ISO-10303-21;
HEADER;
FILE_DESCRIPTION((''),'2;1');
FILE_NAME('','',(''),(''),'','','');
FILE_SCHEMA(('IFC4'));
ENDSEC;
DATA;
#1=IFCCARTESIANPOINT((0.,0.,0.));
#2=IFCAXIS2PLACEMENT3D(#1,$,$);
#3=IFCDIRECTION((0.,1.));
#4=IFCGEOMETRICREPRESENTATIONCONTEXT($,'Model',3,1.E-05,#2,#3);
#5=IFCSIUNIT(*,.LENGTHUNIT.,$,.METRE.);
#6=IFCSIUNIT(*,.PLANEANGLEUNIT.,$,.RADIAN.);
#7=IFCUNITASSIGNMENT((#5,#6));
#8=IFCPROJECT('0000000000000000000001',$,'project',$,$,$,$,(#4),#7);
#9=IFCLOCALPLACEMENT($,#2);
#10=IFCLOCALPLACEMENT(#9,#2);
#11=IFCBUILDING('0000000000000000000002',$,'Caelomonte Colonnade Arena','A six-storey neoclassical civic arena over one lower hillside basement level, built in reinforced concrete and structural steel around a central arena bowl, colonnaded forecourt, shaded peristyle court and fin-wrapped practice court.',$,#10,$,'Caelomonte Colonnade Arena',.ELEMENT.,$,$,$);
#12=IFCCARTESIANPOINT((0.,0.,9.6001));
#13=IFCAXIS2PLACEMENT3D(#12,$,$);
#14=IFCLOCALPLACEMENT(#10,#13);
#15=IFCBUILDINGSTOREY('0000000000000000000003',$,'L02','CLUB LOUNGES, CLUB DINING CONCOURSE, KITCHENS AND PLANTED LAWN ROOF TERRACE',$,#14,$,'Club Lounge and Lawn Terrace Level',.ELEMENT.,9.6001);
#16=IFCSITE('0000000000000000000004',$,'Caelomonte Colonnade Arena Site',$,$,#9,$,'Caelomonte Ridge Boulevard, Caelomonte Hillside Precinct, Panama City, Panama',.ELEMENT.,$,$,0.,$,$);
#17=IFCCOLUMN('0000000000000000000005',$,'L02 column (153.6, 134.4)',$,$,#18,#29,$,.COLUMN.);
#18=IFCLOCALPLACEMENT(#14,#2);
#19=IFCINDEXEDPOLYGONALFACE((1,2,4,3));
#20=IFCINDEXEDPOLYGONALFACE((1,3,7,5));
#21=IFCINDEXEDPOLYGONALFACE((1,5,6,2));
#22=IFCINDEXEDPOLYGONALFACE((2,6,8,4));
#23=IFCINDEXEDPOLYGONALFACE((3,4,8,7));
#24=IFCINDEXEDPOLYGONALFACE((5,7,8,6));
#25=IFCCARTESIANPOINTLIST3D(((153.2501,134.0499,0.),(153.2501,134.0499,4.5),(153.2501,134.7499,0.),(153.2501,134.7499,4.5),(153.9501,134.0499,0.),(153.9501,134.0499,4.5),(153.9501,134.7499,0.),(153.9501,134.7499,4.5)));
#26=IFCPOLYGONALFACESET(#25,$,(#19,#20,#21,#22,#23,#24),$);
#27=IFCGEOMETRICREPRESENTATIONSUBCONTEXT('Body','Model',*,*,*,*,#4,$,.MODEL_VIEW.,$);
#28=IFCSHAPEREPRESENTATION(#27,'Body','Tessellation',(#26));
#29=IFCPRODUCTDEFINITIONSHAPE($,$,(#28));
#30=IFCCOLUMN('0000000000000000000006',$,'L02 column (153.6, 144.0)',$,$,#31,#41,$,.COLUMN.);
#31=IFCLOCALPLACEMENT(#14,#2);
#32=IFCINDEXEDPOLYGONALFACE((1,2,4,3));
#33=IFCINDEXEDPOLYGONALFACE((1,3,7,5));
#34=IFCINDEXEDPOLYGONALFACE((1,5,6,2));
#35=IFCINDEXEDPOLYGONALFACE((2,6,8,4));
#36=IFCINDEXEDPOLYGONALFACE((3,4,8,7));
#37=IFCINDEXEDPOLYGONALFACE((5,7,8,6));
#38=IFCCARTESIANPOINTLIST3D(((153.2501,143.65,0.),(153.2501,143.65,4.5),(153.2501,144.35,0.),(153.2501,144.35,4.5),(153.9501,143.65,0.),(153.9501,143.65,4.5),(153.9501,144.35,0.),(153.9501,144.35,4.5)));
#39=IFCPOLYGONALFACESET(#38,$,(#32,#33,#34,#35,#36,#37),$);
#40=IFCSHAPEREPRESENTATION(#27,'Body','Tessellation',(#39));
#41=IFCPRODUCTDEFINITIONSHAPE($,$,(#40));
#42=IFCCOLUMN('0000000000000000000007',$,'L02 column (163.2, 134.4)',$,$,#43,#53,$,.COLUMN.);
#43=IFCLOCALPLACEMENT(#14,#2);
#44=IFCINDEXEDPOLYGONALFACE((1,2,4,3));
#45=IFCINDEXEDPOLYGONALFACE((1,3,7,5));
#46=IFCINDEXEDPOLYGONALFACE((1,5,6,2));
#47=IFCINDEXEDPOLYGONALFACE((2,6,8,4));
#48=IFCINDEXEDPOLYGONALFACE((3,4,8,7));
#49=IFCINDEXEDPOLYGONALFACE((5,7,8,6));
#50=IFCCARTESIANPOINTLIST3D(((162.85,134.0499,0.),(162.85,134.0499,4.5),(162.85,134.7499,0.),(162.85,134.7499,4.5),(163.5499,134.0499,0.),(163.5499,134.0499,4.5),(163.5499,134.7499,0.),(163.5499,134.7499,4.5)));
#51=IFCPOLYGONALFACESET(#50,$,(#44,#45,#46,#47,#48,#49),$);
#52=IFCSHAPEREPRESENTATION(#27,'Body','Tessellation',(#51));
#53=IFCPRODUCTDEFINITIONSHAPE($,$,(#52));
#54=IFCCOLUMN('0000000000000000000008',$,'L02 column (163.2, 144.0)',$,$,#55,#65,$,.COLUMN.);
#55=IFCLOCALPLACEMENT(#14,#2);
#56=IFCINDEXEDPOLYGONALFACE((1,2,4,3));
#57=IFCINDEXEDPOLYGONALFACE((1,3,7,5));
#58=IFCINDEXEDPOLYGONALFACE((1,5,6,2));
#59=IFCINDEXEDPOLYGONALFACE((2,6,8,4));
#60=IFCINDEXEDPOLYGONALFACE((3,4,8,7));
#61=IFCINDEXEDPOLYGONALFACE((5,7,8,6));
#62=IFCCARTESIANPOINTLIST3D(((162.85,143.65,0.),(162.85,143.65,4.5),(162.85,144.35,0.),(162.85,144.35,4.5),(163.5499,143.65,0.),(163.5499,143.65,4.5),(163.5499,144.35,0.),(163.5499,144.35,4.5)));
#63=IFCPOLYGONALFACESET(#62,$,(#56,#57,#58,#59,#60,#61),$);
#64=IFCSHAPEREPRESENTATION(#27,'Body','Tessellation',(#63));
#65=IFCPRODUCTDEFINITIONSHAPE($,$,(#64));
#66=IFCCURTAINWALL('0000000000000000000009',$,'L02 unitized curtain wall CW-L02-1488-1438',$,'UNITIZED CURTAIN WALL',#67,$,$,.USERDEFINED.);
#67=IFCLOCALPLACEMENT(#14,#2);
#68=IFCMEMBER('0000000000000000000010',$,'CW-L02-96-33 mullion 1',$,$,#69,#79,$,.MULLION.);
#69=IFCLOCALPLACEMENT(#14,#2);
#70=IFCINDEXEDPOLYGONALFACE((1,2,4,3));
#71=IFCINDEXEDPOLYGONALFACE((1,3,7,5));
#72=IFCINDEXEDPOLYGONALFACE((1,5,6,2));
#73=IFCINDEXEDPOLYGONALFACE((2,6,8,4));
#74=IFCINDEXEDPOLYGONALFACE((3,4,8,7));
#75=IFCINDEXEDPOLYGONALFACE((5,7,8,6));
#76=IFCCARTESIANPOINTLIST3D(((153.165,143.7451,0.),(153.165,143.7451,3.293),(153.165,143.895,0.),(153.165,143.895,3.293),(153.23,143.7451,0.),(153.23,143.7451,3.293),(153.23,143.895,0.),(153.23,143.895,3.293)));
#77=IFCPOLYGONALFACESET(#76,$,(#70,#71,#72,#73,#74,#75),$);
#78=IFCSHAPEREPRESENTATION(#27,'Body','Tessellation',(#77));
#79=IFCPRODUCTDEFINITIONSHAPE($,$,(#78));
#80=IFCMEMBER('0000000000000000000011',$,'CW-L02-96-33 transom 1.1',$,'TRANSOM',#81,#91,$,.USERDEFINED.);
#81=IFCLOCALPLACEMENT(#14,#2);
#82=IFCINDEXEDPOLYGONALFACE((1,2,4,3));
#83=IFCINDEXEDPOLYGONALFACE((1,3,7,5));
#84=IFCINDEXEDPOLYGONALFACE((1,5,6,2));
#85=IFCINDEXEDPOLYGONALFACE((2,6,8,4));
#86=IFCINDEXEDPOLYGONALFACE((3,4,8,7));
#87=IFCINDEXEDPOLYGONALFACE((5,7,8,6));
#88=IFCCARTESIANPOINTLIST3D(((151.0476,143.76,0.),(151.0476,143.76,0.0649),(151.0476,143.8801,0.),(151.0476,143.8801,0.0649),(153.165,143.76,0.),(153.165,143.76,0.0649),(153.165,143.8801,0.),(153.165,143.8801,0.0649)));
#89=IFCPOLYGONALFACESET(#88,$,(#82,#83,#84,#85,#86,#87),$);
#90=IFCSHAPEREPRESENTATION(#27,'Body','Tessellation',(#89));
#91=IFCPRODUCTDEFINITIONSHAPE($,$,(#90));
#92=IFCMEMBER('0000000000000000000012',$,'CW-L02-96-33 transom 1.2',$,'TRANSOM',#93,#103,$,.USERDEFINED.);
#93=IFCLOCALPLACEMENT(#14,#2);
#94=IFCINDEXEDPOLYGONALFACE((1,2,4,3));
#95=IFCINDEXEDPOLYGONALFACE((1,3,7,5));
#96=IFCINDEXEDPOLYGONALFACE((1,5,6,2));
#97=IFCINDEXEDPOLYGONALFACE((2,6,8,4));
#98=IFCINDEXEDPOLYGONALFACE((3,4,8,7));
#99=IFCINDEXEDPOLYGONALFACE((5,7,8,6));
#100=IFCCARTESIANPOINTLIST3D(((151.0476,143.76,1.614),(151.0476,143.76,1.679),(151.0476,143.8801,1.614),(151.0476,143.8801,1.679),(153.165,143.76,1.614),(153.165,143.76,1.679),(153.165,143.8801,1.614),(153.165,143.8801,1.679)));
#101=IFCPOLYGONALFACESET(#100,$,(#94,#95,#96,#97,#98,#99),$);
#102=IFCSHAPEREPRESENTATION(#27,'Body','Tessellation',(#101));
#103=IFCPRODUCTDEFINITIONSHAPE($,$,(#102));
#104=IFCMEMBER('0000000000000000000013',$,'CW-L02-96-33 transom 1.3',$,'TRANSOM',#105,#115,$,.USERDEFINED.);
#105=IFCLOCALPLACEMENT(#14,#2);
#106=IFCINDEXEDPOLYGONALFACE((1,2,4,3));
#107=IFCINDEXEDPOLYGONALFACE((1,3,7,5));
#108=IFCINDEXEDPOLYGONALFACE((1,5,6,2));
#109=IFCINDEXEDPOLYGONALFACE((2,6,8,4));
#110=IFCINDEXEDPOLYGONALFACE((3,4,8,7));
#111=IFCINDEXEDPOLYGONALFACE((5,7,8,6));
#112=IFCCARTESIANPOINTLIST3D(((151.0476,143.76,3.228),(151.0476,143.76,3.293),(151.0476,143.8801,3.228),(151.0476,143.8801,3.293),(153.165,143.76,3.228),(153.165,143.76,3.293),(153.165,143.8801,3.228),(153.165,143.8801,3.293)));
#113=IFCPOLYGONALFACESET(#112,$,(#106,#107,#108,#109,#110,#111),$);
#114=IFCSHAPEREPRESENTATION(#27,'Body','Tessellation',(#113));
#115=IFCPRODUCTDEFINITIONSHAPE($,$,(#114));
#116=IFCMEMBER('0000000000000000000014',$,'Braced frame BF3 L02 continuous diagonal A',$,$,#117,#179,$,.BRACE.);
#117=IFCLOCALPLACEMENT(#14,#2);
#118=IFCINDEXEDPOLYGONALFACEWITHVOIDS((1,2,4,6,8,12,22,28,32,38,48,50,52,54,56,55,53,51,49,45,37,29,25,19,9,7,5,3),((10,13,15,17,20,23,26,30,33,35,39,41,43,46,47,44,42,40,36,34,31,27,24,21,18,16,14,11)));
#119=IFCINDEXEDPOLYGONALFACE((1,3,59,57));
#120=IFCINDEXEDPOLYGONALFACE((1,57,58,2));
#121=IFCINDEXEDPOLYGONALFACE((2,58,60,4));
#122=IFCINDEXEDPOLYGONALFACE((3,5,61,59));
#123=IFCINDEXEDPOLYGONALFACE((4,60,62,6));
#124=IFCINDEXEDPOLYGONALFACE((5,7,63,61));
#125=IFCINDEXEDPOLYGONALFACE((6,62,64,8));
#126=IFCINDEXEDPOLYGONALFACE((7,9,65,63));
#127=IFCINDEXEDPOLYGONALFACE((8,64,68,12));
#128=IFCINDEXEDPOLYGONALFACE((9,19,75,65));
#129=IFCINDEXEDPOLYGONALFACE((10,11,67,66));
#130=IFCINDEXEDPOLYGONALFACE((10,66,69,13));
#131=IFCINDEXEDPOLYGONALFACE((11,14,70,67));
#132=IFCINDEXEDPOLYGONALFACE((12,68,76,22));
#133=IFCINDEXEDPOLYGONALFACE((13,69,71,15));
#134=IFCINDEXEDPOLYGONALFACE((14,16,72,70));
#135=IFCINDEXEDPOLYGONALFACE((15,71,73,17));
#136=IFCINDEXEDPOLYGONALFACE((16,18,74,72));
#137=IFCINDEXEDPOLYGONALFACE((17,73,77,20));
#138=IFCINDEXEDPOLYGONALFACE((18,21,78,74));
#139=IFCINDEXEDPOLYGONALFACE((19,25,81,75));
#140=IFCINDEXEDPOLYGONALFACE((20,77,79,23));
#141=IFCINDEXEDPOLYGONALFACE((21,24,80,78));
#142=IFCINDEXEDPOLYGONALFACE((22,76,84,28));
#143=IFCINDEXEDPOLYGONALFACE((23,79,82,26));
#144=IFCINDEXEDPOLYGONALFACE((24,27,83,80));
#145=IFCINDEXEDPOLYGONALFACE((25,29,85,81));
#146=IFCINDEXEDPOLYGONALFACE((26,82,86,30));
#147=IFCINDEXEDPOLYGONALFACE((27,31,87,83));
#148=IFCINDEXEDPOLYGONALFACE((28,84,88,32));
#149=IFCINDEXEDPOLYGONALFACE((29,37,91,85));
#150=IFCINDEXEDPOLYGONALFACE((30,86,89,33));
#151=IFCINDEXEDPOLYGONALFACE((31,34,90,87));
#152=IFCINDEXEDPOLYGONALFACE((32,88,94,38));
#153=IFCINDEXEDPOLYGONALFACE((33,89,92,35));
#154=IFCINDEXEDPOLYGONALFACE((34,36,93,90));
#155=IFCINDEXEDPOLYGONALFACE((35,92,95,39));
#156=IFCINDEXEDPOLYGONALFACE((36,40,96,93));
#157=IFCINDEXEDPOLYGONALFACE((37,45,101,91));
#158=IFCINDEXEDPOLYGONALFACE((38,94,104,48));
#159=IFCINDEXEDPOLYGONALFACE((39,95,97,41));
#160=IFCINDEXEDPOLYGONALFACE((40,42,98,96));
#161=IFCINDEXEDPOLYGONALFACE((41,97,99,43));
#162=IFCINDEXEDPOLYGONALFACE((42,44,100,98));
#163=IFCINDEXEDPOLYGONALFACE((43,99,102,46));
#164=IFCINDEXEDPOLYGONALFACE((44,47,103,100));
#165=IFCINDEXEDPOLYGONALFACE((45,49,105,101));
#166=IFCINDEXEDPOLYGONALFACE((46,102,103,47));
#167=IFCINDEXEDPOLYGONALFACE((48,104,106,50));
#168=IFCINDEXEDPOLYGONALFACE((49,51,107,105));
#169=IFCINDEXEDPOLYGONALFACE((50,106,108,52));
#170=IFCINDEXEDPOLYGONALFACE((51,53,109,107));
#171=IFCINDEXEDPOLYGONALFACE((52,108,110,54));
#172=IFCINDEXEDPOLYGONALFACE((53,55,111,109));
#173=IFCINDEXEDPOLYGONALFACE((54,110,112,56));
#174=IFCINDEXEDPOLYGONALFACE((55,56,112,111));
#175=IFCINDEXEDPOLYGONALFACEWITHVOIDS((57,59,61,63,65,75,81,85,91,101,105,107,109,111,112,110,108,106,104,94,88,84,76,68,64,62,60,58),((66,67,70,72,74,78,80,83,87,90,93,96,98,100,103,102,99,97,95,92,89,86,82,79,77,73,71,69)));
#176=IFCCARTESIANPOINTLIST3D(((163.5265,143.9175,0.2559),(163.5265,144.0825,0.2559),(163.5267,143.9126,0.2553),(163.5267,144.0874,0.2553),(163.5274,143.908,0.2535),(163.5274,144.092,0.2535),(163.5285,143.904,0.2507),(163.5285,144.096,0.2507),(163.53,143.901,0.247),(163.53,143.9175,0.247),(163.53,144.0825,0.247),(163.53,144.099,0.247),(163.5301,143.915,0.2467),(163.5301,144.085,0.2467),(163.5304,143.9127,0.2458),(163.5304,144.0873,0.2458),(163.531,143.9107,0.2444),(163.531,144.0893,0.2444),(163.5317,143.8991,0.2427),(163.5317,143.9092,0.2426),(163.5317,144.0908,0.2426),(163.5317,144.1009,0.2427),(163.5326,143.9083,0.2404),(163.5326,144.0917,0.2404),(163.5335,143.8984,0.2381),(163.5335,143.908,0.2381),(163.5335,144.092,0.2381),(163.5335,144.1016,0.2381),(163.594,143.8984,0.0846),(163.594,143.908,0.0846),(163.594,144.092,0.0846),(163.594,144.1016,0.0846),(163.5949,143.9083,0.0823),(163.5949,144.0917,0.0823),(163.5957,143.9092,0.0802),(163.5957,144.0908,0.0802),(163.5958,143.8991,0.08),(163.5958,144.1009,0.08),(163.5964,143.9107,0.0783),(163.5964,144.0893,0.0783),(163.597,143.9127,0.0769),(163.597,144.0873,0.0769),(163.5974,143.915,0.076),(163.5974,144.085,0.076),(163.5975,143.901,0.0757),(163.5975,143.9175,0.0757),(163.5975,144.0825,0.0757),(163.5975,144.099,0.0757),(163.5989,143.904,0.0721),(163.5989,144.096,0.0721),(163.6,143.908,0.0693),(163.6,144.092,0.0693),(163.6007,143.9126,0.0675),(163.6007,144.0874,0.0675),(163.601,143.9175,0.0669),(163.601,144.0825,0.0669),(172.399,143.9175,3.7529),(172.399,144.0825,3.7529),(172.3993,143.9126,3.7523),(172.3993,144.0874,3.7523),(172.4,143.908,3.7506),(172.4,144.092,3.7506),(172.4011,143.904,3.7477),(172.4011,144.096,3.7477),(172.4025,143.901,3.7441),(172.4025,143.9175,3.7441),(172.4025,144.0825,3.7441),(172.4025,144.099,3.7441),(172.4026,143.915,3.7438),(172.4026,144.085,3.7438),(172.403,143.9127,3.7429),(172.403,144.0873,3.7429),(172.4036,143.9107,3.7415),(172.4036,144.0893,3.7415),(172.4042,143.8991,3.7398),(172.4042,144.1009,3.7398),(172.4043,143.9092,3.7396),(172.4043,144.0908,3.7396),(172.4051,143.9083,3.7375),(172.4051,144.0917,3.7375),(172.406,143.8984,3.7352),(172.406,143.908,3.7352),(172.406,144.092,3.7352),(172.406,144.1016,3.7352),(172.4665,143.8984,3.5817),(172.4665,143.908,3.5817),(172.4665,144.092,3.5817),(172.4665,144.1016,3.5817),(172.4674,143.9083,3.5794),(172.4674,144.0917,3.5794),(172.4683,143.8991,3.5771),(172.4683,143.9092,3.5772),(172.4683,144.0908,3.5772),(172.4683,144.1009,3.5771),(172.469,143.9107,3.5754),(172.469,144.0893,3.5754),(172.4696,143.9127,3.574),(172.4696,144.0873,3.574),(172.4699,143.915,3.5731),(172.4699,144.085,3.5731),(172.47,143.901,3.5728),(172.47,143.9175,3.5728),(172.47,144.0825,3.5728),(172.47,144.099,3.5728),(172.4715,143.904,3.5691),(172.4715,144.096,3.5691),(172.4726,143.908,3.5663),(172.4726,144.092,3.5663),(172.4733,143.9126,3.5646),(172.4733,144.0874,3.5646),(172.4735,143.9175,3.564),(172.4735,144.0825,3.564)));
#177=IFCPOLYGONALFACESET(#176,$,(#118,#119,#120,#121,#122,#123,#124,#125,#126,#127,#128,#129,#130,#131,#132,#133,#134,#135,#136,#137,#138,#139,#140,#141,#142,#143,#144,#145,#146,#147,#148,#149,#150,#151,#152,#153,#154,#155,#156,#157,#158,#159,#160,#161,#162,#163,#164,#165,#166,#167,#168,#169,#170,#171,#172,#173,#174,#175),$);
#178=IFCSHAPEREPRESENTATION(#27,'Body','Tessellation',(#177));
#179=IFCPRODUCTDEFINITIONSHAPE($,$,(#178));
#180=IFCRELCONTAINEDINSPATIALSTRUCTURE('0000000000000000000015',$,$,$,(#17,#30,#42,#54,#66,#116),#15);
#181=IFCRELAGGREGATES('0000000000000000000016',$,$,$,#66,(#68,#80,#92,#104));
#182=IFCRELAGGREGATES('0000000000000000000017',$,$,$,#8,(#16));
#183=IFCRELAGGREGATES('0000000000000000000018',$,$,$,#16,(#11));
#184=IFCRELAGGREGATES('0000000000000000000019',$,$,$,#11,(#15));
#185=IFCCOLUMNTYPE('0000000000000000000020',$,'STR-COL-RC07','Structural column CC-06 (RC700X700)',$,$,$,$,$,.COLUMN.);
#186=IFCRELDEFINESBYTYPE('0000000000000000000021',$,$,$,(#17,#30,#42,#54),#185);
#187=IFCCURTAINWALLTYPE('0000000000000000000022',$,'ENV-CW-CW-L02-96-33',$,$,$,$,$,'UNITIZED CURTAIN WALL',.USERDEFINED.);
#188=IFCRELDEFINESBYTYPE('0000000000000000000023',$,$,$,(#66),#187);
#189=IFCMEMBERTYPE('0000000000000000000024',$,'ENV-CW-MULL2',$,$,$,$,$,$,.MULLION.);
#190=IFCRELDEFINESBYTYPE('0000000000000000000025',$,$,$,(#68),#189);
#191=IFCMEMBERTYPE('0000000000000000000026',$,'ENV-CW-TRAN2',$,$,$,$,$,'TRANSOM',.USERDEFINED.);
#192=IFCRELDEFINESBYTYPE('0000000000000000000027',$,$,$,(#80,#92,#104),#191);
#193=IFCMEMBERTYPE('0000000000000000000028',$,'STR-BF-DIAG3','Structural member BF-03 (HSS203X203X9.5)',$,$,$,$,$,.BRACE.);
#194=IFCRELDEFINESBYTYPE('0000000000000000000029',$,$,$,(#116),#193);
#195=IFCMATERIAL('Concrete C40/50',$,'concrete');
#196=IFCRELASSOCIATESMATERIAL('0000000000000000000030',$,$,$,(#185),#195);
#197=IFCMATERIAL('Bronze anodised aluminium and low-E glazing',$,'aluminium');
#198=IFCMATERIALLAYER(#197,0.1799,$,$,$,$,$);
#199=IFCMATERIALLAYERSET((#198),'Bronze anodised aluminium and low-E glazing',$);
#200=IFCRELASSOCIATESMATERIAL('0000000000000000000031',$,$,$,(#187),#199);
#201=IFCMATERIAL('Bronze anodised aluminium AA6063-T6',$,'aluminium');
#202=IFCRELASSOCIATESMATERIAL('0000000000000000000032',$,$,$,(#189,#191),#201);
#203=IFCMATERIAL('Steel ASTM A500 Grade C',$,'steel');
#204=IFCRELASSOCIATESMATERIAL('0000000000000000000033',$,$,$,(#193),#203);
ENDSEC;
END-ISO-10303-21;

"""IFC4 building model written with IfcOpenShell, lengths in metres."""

from ifc_helpers import new_model, si_unit, direction, frame, origin, origin_2d, place, context, subcontext, project, spatial, rectangle, hollow_rectangle, extrude, material, layer, layer_set, material_profile, profile_set, type_object, element, aggregate, save


model = new_model("IFC4")

# Units and contexts
model_context = context("Model", 3, precision=1e-05, world=origin(), true_north=direction((0.0, 1.0)))
body_context = subcontext(model_context, "Body", "Model", "MODEL_VIEW")
ifc_project = project(units=[si_unit("LENGTHUNIT", "METRE"), si_unit("PLANEANGLEUNIT", "RADIAN")], contexts=[model_context])

# Site, building, storey
site_placement = place(None, origin())
site = spatial("IfcSite", under=ifc_project, at=site_placement, Name="Caelomonte Colonnade Arena Site", LongName="Caelomonte Ridge Boulevard, Caelomonte Hillside Precinct, Panama City, Panama", CompositionType="ELEMENT", RefElevation=0.0)
building_placement = place(site_placement, origin())
building = spatial("IfcBuilding", under=site, at=building_placement, Name="Caelomonte Colonnade Arena", Description="A six-storey neoclassical civic arena over one lower hillside basement level, built in reinforced concrete and structural steel around a central arena bowl, colonnaded forecourt, shaded peristyle court and fin-wrapped practice court.", LongName="Caelomonte Colonnade Arena", CompositionType="ELEMENT")
storey_placement = place(building_placement, frame((0.0, 0.0, 9.6001)))
storey = spatial("IfcBuildingStorey", under=building, at=storey_placement, Name="L02", Description="CLUB LOUNGES, CLUB DINING CONCOURSE, KITCHENS AND PLANTED LAWN ROOF TERRACE", LongName="Club Lounge and Lawn Terrace Level", CompositionType="ELEMENT", Elevation=9.6001)

# Columns
ifc_material_1 = material(Name="Concrete C40/50", Category="concrete")
ifc_material_profile_1 = material_profile(ifc_material_1, rectangle(XDim=0.7, YDim=0.7, at=origin_2d()), Name="RC700X700")
ifc_profile_set_1 = profile_set([ifc_material_profile_1], Name="Concrete C40/50")
column_type = type_object("IfcColumnType", Name="STR-COL-RC07", Description="Structural column CC-06 (RC700X700)", PredefinedType="COLUMN", material=ifc_profile_set_1)
for number, where, z_axis, x_axis, name in (
    (1, (153.6001, 134.3999, 0.0), (0.0, 0.0, 1.0), (1.0, 0.0, 0.0), "L02 column (153.6, 134.4)"),
    (2, (153.6001, 144.0, 0.0), (0.0, 0.0, 1.0), (1.0, 0.0, 0.0), "L02 column (153.6, 144.0)"),
    (3, (163.2, 134.3999, 0.0), (0.0, 0.0, 1.0), (1.0, 0.0, 0.0), "L02 column (163.2, 134.4)"),
    (4, (163.2, 144.0, 0.0), (0.0, 0.0, 1.0), (1.0, 0.0, 0.0), "L02 column (163.2, 144.0)"),
):
    element("IfcColumn", number, at=place(storey_placement, frame(where, z_axis=z_axis, x_axis=x_axis)), inside=storey, type_object=column_type, Name=name, PredefinedType="COLUMN", context=body_context, shape_type="SweptSolid", body=[
        extrude(rectangle(XDim=0.7, YDim=0.7, at=origin_2d()), origin(), (0.0, 0.0, 1.0), 4.5),
    ])

# Curtain wall, members
ifc_material_2 = material(Name="Bronze anodised aluminium and low-E glazing", Category="aluminium")
ifc_layer_1 = layer(ifc_material_2, 0.1799)
ifc_layer_set_1 = layer_set([ifc_layer_1], Name="Bronze anodised aluminium and low-E glazing")
curtain_wall_type = type_object("IfcCurtainWallType", Name="ENV-CW-CW-L02-96-33", ElementType="UNITIZED CURTAIN WALL", PredefinedType="USERDEFINED", material=ifc_layer_set_1)
curtain_wall_placement = place(storey_placement, origin())
curtain_wall = element("IfcCurtainWall", 5, at=curtain_wall_placement, inside=storey, type_object=curtain_wall_type, Name="L02 unitized curtain wall CW-L02-1488-1438", ObjectType="UNITIZED CURTAIN WALL", PredefinedType="USERDEFINED")
ifc_material_3 = material(Name="Bronze anodised aluminium AA6063-T6", Category="aluminium")
ifc_material_profile_2 = material_profile(ifc_material_3, rectangle(XDim=0.0649, YDim=0.1499, at=origin_2d()), Name="CWM-65X150")
ifc_profile_set_2 = profile_set([ifc_material_profile_2], Name="Bronze anodised aluminium AA6063-T6")
member_type_1 = type_object("IfcMemberType", Name="ENV-CW-MULL2", PredefinedType="MULLION", material=ifc_profile_set_2)
member_1_placement = place(storey_placement, frame((153.1975, 143.8201, 0.0), z_axis=(0.0, 0.0, 1.0), x_axis=(-1.0, 0.0, 0.0)))
member_1 = element("IfcMember", 6, at=member_1_placement, type_object=member_type_1, Name="CW-L02-96-33 mullion 1", PredefinedType="MULLION", context=body_context, shape_type="SweptSolid", body=[
    extrude(rectangle(XDim=0.0649, YDim=0.1499, at=origin_2d()), origin(), (0.0, 0.0, 1.0), 3.293),
])
ifc_material_profile_3 = material_profile(ifc_material_3, rectangle(XDim=0.0649, YDim=0.1201, at=origin_2d()), Name="CWT-65X120")
ifc_profile_set_3 = profile_set([ifc_material_profile_3], Name="Bronze anodised aluminium AA6063-T6")
member_type_2 = type_object("IfcMemberType", Name="ENV-CW-TRAN2", ElementType="TRANSOM", PredefinedType="USERDEFINED", material=ifc_profile_set_3)
member_2_placement = place(storey_placement, frame((153.165, 143.8201, 0.0325), z_axis=(-1.0, 0.0, 0.0), x_axis=(0.0, 0.0, 1.0)))
member_2 = element("IfcMember", 7, at=member_2_placement, type_object=member_type_2, Name="CW-L02-96-33 transom 1.1", ObjectType="TRANSOM", PredefinedType="USERDEFINED", context=body_context, shape_type="SweptSolid", body=[
    extrude(rectangle(XDim=0.0649, YDim=0.1201, at=origin_2d()), origin(), (0.0, 0.0, 1.0), 2.1174),
])
member_3_placement = place(storey_placement, frame((153.165, 143.8201, 1.6465), z_axis=(-1.0, 0.0, 0.0), x_axis=(0.0, 0.0, 1.0)))
member_3 = element("IfcMember", 8, at=member_3_placement, type_object=member_type_2, Name="CW-L02-96-33 transom 1.2", ObjectType="TRANSOM", PredefinedType="USERDEFINED", context=body_context, shape_type="SweptSolid", body=[
    extrude(rectangle(XDim=0.0649, YDim=0.1201, at=origin_2d()), origin(), (0.0, 0.0, 1.0), 2.1174),
])
member_4_placement = place(storey_placement, frame((153.165, 143.8201, 3.2605), z_axis=(-1.0, 0.0, 0.0), x_axis=(0.0, 0.0, 1.0)))
member_4 = element("IfcMember", 9, at=member_4_placement, type_object=member_type_2, Name="CW-L02-96-33 transom 1.3", ObjectType="TRANSOM", PredefinedType="USERDEFINED", context=body_context, shape_type="SweptSolid", body=[
    extrude(rectangle(XDim=0.0649, YDim=0.1201, at=origin_2d()), origin(), (0.0, 0.0, 1.0), 2.1174),
])
aggregate(curtain_wall, [member_1, member_2, member_3, member_4])

# Member
ifc_material_4 = material(Name="Steel ASTM A500 Grade C", Category="steel")
ifc_material_profile_4 = material_profile(ifc_material_4, hollow_rectangle(XDim=0.2031, YDim=0.2031, WallThickness=0.0095, InnerFilletRadius=0.0095, OuterFilletRadius=0.019, at=origin_2d()), Name="HSS203X203X9.5")
ifc_profile_set_4 = profile_set([ifc_material_profile_4], Name="Steel ASTM A500 Grade C")
member_type_3 = type_object("IfcMemberType", Name="STR-BF-DIAG3", Description="Structural member BF-03 (HSS203X203X9.5)", PredefinedType="BRACE", material=ifc_profile_set_4)
member_5_placement = place(storey_placement, frame((163.5637, 144.0, 0.1614), z_axis=(0.930343, 0.0, 0.36669), x_axis=(0.0, 1.0, 0.0)))
element("IfcMember", 10, at=member_5_placement, inside=storey, type_object=member_type_3, Name="Braced frame BF3 L02 continuous diagonal A", PredefinedType="BRACE", context=body_context, shape_type="SweptSolid", body=[
    extrude(hollow_rectangle(XDim=0.2031, YDim=0.2031, WallThickness=0.0095, InnerFilletRadius=0.0095, OuterFilletRadius=0.019, at=origin_2d()), origin(), (0.0, 0.0, 1.0), 9.5369),
])

save(model, "model.ifc")
